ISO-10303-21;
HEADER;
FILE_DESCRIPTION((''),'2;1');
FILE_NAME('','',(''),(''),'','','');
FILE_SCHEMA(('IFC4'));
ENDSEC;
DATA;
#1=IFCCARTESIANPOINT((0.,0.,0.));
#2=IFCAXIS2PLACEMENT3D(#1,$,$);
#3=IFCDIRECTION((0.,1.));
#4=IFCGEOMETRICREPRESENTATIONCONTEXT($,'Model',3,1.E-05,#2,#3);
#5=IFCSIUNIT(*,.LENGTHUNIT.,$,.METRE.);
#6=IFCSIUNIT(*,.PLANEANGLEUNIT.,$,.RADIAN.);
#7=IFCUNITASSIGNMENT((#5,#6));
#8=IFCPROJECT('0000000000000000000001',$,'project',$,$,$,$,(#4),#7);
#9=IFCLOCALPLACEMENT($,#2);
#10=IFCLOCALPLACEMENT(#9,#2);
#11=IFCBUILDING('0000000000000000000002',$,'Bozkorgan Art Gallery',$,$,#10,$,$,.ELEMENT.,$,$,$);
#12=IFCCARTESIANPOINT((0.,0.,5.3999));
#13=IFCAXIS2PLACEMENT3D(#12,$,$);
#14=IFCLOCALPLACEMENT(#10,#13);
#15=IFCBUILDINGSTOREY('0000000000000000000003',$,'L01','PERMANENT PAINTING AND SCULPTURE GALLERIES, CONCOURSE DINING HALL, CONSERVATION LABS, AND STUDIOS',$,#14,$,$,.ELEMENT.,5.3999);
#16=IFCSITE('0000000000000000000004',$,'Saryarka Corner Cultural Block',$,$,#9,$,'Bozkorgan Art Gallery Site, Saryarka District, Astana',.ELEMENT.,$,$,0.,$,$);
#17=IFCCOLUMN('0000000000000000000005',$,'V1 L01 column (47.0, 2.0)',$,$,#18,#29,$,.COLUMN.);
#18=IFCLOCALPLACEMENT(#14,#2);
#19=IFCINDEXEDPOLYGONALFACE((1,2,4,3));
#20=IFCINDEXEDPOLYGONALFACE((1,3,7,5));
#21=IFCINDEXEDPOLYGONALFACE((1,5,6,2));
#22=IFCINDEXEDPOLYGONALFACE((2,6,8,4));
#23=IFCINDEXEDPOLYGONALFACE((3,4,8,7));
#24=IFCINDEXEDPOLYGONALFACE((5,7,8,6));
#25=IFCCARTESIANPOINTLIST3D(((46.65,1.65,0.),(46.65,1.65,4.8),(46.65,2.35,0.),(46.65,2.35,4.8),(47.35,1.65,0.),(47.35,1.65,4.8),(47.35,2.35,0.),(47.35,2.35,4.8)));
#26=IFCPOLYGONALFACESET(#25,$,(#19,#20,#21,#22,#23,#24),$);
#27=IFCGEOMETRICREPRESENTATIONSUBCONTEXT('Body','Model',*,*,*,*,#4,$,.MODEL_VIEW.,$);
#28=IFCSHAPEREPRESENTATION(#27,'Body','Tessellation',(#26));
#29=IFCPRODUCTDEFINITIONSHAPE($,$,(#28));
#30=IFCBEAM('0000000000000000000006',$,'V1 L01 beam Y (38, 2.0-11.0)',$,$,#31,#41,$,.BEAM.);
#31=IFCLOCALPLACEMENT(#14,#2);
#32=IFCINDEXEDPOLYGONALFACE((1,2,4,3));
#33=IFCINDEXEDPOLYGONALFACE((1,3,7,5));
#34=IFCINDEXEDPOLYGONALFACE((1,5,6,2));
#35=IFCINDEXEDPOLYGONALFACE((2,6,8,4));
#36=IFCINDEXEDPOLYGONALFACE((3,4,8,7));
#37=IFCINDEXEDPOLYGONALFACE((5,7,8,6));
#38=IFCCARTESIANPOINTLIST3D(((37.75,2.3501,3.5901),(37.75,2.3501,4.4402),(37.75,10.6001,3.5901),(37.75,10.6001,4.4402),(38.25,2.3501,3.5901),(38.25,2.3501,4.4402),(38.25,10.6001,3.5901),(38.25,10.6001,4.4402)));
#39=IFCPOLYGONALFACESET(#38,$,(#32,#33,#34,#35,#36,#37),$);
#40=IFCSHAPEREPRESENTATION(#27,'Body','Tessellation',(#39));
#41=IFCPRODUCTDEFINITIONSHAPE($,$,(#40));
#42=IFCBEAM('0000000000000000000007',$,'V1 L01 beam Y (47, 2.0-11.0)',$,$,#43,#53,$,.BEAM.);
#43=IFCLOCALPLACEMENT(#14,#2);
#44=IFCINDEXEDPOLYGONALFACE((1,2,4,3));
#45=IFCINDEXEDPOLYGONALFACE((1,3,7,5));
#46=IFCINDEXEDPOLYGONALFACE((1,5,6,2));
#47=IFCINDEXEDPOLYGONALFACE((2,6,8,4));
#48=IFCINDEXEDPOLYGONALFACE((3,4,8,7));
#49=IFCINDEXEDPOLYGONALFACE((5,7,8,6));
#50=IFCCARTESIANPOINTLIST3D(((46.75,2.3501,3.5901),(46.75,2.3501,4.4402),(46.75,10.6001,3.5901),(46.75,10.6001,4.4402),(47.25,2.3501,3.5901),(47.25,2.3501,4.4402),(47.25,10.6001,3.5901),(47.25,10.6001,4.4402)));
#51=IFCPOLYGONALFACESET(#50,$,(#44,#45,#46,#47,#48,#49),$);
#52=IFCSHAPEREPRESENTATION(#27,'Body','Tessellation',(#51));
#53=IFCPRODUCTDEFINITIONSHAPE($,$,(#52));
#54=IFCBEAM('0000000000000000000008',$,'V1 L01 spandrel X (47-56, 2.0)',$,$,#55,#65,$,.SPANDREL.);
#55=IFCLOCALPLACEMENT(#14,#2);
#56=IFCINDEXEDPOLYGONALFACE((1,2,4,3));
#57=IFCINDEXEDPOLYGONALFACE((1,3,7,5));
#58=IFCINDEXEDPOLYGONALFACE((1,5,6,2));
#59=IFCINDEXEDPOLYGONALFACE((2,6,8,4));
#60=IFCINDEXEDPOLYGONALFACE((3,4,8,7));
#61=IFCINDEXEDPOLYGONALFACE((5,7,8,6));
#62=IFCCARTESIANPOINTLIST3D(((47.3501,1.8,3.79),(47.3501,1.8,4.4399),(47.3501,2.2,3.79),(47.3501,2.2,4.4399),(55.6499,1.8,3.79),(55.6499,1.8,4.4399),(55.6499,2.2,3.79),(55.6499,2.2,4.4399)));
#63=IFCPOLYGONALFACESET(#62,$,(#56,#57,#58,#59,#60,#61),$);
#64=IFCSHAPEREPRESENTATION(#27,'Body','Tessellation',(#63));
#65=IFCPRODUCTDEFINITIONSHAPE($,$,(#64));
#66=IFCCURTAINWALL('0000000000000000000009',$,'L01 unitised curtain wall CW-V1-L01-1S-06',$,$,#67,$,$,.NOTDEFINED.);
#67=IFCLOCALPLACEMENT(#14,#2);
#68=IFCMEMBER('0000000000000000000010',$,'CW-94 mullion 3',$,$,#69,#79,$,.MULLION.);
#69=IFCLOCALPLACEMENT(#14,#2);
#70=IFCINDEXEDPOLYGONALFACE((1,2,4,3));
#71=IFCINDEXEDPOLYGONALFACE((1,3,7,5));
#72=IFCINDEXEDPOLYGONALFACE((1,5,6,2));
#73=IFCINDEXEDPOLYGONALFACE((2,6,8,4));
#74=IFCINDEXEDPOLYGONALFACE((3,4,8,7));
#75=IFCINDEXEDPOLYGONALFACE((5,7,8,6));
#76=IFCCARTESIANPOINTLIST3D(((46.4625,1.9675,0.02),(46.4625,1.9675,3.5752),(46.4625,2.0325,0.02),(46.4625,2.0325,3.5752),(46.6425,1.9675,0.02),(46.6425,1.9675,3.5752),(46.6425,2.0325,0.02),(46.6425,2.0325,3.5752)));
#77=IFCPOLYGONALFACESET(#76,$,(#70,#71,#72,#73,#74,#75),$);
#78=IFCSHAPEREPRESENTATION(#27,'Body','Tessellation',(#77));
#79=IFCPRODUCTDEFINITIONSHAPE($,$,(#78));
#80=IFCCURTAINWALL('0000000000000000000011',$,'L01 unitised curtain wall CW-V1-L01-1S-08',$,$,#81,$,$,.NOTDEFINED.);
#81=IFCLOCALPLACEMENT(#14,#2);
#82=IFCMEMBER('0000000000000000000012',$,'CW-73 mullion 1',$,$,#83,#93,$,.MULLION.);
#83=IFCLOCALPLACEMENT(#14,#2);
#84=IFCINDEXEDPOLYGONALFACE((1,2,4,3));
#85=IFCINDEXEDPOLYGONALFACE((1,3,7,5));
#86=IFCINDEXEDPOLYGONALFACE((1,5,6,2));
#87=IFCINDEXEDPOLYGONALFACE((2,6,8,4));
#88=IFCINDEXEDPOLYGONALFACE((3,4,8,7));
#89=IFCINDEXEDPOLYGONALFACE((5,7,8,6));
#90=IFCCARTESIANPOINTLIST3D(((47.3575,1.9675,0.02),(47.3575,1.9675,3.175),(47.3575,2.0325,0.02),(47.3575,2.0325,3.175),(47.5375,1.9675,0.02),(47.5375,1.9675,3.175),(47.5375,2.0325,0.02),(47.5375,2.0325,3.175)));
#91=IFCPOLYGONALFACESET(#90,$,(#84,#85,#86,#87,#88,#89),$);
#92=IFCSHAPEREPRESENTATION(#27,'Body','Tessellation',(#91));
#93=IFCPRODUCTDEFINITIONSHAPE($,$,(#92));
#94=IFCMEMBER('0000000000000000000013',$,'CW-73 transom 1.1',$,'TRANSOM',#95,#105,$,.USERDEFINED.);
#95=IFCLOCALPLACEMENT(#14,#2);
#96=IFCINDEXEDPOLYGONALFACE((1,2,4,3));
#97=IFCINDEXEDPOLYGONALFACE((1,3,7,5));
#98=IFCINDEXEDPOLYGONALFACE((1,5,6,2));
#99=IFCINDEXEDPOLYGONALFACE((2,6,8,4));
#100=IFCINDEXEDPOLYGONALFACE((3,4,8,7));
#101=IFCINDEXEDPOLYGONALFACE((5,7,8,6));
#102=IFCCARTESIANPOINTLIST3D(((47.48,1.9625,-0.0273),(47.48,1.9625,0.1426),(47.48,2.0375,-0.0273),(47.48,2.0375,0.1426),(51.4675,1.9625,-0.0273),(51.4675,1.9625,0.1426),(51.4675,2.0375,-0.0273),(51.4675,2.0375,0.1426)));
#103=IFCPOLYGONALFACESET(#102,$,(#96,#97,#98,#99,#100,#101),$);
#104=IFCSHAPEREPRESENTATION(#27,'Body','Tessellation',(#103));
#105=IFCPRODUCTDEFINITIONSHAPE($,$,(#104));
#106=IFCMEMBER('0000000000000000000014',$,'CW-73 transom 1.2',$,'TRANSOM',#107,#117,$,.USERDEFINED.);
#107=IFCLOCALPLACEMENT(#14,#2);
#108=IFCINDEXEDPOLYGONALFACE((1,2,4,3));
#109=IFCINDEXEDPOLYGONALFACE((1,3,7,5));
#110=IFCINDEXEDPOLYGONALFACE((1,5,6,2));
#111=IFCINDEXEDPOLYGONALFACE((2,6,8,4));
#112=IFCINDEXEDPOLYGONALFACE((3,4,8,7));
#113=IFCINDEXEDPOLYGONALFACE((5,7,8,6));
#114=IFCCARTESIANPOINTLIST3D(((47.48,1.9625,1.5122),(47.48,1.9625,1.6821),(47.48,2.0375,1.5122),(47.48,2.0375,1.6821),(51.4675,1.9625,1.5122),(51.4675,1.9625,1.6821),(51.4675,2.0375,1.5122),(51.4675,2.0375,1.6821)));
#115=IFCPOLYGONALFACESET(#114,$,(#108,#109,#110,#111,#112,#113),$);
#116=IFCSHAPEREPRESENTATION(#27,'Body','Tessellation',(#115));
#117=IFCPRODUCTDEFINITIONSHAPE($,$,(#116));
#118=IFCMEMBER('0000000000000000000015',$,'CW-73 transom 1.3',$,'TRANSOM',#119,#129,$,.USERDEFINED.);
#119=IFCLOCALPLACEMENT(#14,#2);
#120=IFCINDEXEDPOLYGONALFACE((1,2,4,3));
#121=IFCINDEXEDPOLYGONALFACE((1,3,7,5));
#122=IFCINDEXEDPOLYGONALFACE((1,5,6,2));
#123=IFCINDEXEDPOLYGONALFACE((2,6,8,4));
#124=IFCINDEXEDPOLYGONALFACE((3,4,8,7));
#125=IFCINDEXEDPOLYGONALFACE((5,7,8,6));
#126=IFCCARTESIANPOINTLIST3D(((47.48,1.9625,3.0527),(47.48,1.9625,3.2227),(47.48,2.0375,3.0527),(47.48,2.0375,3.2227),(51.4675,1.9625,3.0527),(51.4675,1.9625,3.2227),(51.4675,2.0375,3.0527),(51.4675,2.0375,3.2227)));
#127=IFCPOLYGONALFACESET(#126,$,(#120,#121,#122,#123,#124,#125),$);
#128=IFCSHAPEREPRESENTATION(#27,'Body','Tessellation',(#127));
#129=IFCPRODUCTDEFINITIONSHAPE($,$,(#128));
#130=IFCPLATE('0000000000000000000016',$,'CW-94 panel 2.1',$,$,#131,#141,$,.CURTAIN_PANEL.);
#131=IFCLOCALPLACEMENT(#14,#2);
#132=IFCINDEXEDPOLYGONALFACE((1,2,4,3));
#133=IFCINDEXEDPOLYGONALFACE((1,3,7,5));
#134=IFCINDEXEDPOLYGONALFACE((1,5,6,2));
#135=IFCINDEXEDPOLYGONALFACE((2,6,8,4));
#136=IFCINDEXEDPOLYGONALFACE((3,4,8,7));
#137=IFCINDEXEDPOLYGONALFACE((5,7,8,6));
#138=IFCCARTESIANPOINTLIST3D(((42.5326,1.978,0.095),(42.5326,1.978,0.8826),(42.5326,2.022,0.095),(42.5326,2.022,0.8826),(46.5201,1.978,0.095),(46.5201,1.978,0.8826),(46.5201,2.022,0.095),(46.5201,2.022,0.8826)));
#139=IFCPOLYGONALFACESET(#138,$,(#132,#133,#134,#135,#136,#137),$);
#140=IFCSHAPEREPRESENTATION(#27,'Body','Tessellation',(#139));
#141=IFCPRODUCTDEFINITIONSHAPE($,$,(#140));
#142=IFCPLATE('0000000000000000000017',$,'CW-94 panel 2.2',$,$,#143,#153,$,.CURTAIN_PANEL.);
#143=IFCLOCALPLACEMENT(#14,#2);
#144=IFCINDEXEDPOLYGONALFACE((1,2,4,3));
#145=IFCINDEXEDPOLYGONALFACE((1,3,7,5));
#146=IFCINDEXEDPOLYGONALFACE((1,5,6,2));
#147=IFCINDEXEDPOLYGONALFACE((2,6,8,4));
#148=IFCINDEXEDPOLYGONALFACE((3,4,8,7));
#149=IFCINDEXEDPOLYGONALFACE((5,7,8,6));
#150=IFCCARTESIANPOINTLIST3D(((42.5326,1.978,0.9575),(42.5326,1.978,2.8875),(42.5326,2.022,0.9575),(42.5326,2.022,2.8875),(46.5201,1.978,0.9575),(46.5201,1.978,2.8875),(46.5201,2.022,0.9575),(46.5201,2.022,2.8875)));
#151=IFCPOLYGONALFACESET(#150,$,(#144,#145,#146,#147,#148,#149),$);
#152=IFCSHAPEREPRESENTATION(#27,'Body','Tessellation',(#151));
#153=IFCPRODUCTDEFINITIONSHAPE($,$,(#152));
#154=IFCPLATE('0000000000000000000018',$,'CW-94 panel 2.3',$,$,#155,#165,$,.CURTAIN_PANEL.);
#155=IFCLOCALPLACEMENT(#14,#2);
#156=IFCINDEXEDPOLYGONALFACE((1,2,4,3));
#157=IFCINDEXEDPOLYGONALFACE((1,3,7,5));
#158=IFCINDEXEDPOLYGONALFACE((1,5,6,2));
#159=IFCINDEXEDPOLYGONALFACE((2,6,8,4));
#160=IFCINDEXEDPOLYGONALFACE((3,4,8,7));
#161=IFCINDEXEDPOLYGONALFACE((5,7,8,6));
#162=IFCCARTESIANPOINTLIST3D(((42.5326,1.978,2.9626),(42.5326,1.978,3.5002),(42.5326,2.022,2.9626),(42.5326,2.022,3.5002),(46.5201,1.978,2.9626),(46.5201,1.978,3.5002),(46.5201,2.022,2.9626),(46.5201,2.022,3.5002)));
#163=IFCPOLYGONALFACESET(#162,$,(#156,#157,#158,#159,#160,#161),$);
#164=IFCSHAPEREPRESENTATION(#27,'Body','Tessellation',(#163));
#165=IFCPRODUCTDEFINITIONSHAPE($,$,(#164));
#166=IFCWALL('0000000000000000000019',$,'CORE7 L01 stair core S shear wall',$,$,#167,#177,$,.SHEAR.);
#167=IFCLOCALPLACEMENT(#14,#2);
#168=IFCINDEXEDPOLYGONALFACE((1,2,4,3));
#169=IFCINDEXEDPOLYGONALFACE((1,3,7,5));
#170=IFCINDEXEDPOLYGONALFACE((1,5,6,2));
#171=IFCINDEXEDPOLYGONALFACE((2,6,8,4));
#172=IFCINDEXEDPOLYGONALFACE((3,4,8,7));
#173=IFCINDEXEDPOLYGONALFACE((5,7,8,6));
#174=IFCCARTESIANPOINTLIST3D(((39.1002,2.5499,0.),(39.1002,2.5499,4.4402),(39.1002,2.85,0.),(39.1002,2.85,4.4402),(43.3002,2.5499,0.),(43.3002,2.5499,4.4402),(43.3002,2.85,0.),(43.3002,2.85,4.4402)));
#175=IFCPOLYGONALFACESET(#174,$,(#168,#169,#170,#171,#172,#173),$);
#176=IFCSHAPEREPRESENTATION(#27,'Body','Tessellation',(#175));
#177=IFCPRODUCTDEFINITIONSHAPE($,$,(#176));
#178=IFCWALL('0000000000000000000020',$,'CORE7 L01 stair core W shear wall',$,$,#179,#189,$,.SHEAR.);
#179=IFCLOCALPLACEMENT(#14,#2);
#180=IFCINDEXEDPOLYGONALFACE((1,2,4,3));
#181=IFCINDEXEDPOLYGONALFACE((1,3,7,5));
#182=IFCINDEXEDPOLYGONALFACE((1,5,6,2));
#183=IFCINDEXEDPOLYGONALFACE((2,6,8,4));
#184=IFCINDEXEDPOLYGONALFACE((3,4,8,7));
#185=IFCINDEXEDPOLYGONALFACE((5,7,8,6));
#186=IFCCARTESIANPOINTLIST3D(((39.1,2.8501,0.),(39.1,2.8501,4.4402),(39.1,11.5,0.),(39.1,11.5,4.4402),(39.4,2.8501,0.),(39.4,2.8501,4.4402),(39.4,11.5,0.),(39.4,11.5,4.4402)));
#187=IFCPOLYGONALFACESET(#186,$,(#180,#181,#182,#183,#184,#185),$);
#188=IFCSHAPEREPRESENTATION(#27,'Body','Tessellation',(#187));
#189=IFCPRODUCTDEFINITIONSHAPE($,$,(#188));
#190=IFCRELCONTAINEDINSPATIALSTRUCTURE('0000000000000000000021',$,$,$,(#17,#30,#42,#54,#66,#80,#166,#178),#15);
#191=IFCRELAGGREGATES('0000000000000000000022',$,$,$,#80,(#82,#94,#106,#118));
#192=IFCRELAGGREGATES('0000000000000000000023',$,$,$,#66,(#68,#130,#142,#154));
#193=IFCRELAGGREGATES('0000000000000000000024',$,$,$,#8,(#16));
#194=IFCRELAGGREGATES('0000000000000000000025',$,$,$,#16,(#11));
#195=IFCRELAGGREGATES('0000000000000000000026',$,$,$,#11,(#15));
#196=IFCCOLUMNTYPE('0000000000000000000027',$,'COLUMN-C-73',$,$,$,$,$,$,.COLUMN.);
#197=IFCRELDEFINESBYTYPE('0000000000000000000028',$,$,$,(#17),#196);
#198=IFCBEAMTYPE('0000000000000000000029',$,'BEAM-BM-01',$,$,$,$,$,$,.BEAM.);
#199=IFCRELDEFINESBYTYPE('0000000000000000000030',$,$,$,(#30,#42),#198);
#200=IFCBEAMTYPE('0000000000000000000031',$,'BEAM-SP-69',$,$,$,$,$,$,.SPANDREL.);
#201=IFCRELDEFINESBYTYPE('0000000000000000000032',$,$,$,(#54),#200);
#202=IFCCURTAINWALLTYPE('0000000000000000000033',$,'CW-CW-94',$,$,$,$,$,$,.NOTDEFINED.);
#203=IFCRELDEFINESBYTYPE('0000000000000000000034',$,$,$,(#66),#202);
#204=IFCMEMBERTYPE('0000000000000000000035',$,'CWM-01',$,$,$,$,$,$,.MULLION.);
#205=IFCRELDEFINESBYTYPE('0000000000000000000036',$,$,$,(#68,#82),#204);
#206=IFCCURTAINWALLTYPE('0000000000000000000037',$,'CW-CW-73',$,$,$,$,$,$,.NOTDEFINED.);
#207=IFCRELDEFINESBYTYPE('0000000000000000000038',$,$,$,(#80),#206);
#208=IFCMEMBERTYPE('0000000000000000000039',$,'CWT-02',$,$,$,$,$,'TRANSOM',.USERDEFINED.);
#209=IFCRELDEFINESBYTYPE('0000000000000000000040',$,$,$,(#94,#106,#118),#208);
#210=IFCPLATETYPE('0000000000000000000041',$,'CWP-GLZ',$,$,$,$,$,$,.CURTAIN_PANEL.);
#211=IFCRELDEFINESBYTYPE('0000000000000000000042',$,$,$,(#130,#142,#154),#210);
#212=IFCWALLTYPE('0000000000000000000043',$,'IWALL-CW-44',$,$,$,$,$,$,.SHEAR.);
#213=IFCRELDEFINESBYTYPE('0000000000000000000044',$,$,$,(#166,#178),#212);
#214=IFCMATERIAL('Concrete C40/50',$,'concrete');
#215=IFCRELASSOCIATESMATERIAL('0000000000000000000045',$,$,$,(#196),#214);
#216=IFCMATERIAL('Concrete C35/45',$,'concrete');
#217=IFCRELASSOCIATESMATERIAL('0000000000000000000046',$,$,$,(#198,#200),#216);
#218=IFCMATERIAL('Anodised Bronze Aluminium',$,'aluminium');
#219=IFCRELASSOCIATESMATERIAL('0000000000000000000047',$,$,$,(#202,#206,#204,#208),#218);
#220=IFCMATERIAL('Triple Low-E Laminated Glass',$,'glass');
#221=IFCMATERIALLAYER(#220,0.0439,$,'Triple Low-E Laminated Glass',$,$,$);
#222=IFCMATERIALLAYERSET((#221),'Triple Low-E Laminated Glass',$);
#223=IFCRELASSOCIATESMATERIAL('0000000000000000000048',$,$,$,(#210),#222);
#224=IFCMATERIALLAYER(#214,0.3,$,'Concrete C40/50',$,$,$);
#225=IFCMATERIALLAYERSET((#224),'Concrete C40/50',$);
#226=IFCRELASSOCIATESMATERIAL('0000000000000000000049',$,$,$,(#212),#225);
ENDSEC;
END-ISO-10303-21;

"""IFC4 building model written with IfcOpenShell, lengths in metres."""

from ifc_helpers import new_model, si_unit, direction, frame, frame_2d, origin, origin_2d, place, context, subcontext, project, spatial, rectangle, extrude, material, layer, layer_set, material_profile, profile_set, type_object, element, aggregate, save


model = new_model("IFC4")

# Units and contexts
model_context = context("Model", 3, precision=1e-05, world=origin(), true_north=direction((0.0, 1.0)))
body_context = subcontext(model_context, "Body", "Model", "MODEL_VIEW")
ifc_project = project(units=[si_unit("LENGTHUNIT", "METRE"), si_unit("PLANEANGLEUNIT", "RADIAN")], contexts=[model_context])

# Site, building, storey
site_placement = place(None, origin())
site = spatial("IfcSite", under=ifc_project, at=site_placement, Name="Saryarka Corner Cultural Block", LongName="Bozkorgan Art Gallery Site, Saryarka District, Astana", CompositionType="ELEMENT", RefElevation=0.0)
building_placement = place(site_placement, origin())
building = spatial("IfcBuilding", under=site, at=building_placement, Name="Bozkorgan Art Gallery", CompositionType="ELEMENT")
storey_placement = place(building_placement, frame((0.0, 0.0, 5.3999)))
storey = spatial("IfcBuildingStorey", under=building, at=storey_placement, Name="L01", Description="PERMANENT PAINTING AND SCULPTURE GALLERIES, CONCOURSE DINING HALL, CONSERVATION LABS, AND STUDIOS", CompositionType="ELEMENT", Elevation=5.3999)

# Column
ifc_material_1 = material(Name="Concrete C40/50", Category="concrete")
ifc_material_profile_1 = material_profile(ifc_material_1, rectangle(XDim=0.7, YDim=0.7, at=origin_2d()), Name="RC 700x700")
ifc_profile_set_1 = profile_set([ifc_material_profile_1], Name="Concrete C40/50")
column_type = type_object("IfcColumnType", Name="COLUMN-C-73", PredefinedType="COLUMN", material=ifc_profile_set_1)
column_placement = place(storey_placement, frame((47.0, 2.0, 0.0), z_axis=(0.0, 0.0, 1.0), x_axis=(1.0, 0.0, 0.0)))
element("IfcColumn", 1, at=column_placement, inside=storey, type_object=column_type, Name="V1 L01 column (47.0, 2.0)", PredefinedType="COLUMN", context=body_context, shape_type="SweptSolid", body=[
    extrude(rectangle(XDim=0.7, YDim=0.7, at=origin_2d()), origin(), (0.0, 0.0, 1.0), 4.8),
])

# Beams
ifc_material_2 = material(Name="Concrete C35/45", Category="concrete")
ifc_material_profile_2 = material_profile(ifc_material_2, rectangle(XDim=0.5, YDim=0.8501, at=origin_2d()), Name="RC 500x850")
ifc_profile_set_2 = profile_set([ifc_material_profile_2], Name="Concrete C35/45")
beam_type_1 = type_object("IfcBeamType", Name="BEAM-BM-01", PredefinedType="BEAM", material=ifc_profile_set_2)
for number, where, z_axis, x_axis, name in (
    (2, (38.0, 2.3501, 4.0151), (0.0, 1.0, 0.0), (-1.0, 0.0, 0.0), "V1 L01 beam Y (38, 2.0-11.0)"),
    (3, (47.0, 2.3501, 4.0151), (0.0, 1.0, 0.0), (-1.0, 0.0, 0.0), "V1 L01 beam Y (47, 2.0-11.0)"),
):
    element("IfcBeam", number, at=place(storey_placement, frame(where, z_axis=z_axis, x_axis=x_axis)), inside=storey, type_object=beam_type_1, Name=name, PredefinedType="BEAM", context=body_context, shape_type="SweptSolid", body=[
        extrude(rectangle(XDim=0.5, YDim=0.8501, at=origin_2d()), origin(), (0.0, 0.0, 1.0), 8.25),
    ])
ifc_material_profile_3 = material_profile(ifc_material_2, rectangle(XDim=0.3999, YDim=0.6499, at=origin_2d()), Name="RC 400x650")
ifc_profile_set_3 = profile_set([ifc_material_profile_3], Name="Concrete C35/45")
beam_type_2 = type_object("IfcBeamType", Name="BEAM-SP-69", PredefinedType="SPANDREL", material=ifc_profile_set_3)
beam_placement = place(storey_placement, frame((47.3501, 2.0, 4.115), z_axis=(1.0, 0.0, 0.0), x_axis=(0.0, 1.0, 0.0)))
element("IfcBeam", 4, at=beam_placement, inside=storey, type_object=beam_type_2, Name="V1 L01 spandrel X (47-56, 2.0)", PredefinedType="SPANDREL", context=body_context, shape_type="SweptSolid", body=[
    extrude(rectangle(XDim=0.3999, YDim=0.6499, at=origin_2d()), origin(), (0.0, 0.0, 1.0), 8.2998),
])

# Curtain wall, member
ifc_material_3 = material(Name="Anodised Bronze Aluminium", Category="aluminium")
curtain_wall_type_1 = type_object("IfcCurtainWallType", Name="CW-CW-94", PredefinedType="NOTDEFINED", material=ifc_material_3)
curtain_wall_1_placement = place(storey_placement, origin())
curtain_wall_1 = element("IfcCurtainWall", 5, at=curtain_wall_1_placement, inside=storey, type_object=curtain_wall_type_1, Name="L01 unitised curtain wall CW-V1-L01-1S-06", PredefinedType="NOTDEFINED")
ifc_material_profile_4 = material_profile(ifc_material_3, rectangle(XDim=0.0649, YDim=0.1799, at=origin_2d()), Name="ALU MULLION 65x180")
ifc_profile_set_4 = profile_set([ifc_material_profile_4], Name="Anodised Bronze Aluminium")
member_type_1 = type_object("IfcMemberType", Name="CWM-01", PredefinedType="MULLION", material=ifc_profile_set_4)
member_1_placement = place(storey_placement, frame((46.5525, 2.0, 0.02), z_axis=(0.0, 0.0, 1.0), x_axis=(0.0, 1.0, 0.0)))
member_1 = element("IfcMember", 6, at=member_1_placement, type_object=member_type_1, Name="CW-94 mullion 3", PredefinedType="MULLION", context=body_context, shape_type="SweptSolid", body=[
    extrude(rectangle(XDim=0.0649, YDim=0.1799, at=origin_2d()), origin(), (0.0, 0.0, 1.0), 3.5552),
])

# Curtain wall, members
curtain_wall_type_2 = type_object("IfcCurtainWallType", Name="CW-CW-73", PredefinedType="NOTDEFINED", material=ifc_material_3)
curtain_wall_2_placement = place(storey_placement, origin())
curtain_wall_2 = element("IfcCurtainWall", 7, at=curtain_wall_2_placement, inside=storey, type_object=curtain_wall_type_2, Name="L01 unitised curtain wall CW-V1-L01-1S-08", PredefinedType="NOTDEFINED")
member_2_placement = place(storey_placement, frame((47.4475, 2.0, 0.02), z_axis=(0.0, 0.0, 1.0), x_axis=(0.0, 1.0, 0.0)))
member_2 = element("IfcMember", 8, at=member_2_placement, type_object=member_type_1, Name="CW-73 mullion 1", PredefinedType="MULLION", context=body_context, shape_type="SweptSolid", body=[
    extrude(rectangle(XDim=0.0649, YDim=0.1799, at=origin_2d()), origin(), (0.0, 0.0, 1.0), 3.155),
])
ifc_material_profile_5 = material_profile(ifc_material_3, rectangle(XDim=0.075, YDim=0.1699, at=origin_2d()), Name="ALU TRANSOM 75x170")
ifc_profile_set_5 = profile_set([ifc_material_profile_5], Name="Anodised Bronze Aluminium")
member_type_2 = type_object("IfcMemberType", Name="CWT-02", ElementType="TRANSOM", PredefinedType="USERDEFINED", material=ifc_profile_set_5)
member_3_placement = place(storey_placement, frame((47.48, 2.0, 0.0576), z_axis=(1.0, 0.0, 0.0), x_axis=(0.0, 1.0, 0.0)))
member_3 = element("IfcMember", 9, at=member_3_placement, type_object=member_type_2, Name="CW-73 transom 1.1", ObjectType="TRANSOM", PredefinedType="USERDEFINED", context=body_context, shape_type="SweptSolid", body=[
    extrude(rectangle(XDim=0.075, YDim=0.1699, at=origin_2d()), origin(), (0.0, 0.0, 1.0), 3.9875),
])
member_4_placement = place(storey_placement, frame((47.48, 2.0, 1.5972), z_axis=(1.0, 0.0, 0.0), x_axis=(0.0, 1.0, 0.0)))
member_4 = element("IfcMember", 10, at=member_4_placement, type_object=member_type_2, Name="CW-73 transom 1.2", ObjectType="TRANSOM", PredefinedType="USERDEFINED", context=body_context, shape_type="SweptSolid", body=[
    extrude(rectangle(XDim=0.075, YDim=0.1699, at=origin_2d()), origin(), (0.0, 0.0, 1.0), 3.9875),
])
member_5_placement = place(storey_placement, frame((47.48, 2.0, 3.1377), z_axis=(1.0, 0.0, 0.0), x_axis=(0.0, 1.0, 0.0)))
member_5 = element("IfcMember", 11, at=member_5_placement, type_object=member_type_2, Name="CW-73 transom 1.3", ObjectType="TRANSOM", PredefinedType="USERDEFINED", context=body_context, shape_type="SweptSolid", body=[
    extrude(rectangle(XDim=0.075, YDim=0.1699, at=origin_2d()), origin(), (0.0, 0.0, 1.0), 3.9875),
])
aggregate(curtain_wall_2, [member_2, member_3, member_4, member_5])

# Plates
ifc_material_4 = material(Name="Triple Low-E Laminated Glass", Category="glass")
ifc_layer_1 = layer(ifc_material_4, 0.0439, Name="Triple Low-E Laminated Glass")
ifc_layer_set_1 = layer_set([ifc_layer_1], Name="Triple Low-E Laminated Glass")
plate_type = type_object("IfcPlateType", Name="CWP-GLZ", PredefinedType="CURTAIN_PANEL", material=ifc_layer_set_1)
plate_1_placement = place(storey_placement, frame((44.5264, 2.0, 0.095), z_axis=(0.0, 0.0, 1.0), x_axis=(1.0, 0.0, 0.0)))
plate_1 = element("IfcPlate", 12, at=plate_1_placement, type_object=plate_type, Name="CW-94 panel 2.1", PredefinedType="CURTAIN_PANEL", context=body_context, shape_type="SweptSolid", body=[
    extrude(rectangle(XDim=3.9875, YDim=0.0439, at=origin_2d()), origin(), (0.0, 0.0, 1.0), 0.7876),
])
plate_2_placement = place(storey_placement, frame((44.5264, 2.0, 0.9575), z_axis=(0.0, 0.0, 1.0), x_axis=(1.0, 0.0, 0.0)))
plate_2 = element("IfcPlate", 13, at=plate_2_placement, type_object=plate_type, Name="CW-94 panel 2.2", PredefinedType="CURTAIN_PANEL", context=body_context, shape_type="SweptSolid", body=[
    extrude(rectangle(XDim=3.9875, YDim=0.0439, at=origin_2d()), origin(), (0.0, 0.0, 1.0), 1.9299),
])
plate_3_placement = place(storey_placement, frame((44.5264, 2.0, 2.9626), z_axis=(0.0, 0.0, 1.0), x_axis=(1.0, 0.0, 0.0)))
plate_3 = element("IfcPlate", 14, at=plate_3_placement, type_object=plate_type, Name="CW-94 panel 2.3", PredefinedType="CURTAIN_PANEL", context=body_context, shape_type="SweptSolid", body=[
    extrude(rectangle(XDim=3.9875, YDim=0.0439, at=origin_2d()), origin(), (0.0, 0.0, 1.0), 0.5376),
])
aggregate(curtain_wall_1, [member_1, plate_1, plate_2, plate_3])

# Walls
ifc_layer_2 = layer(ifc_material_1, 0.3, Name="Concrete C40/50")
ifc_layer_set_2 = layer_set([ifc_layer_2], Name="Concrete C40/50")
wall_type_1 = type_object("IfcWallType", Name="IWALL-CW-44", PredefinedType="SHEAR", material=ifc_layer_set_2)
wall_1_placement = place(storey_placement, frame((39.1001, 2.7, 0.0), z_axis=(0.0, 0.0, 1.0), x_axis=(1.0, 0.0, 0.0)))
element("IfcWall", 15, at=wall_1_placement, inside=storey, type_object=wall_type_1, Name="CORE7 L01 stair core S shear wall", PredefinedType="SHEAR", context=body_context, shape_type="SweptSolid", body=[
    extrude(rectangle(XDim=4.2, YDim=0.3, at=frame_2d((2.1001, 0.0))), origin(), (0.0, 0.0, 1.0), 4.4402),
])
for number, where, z_axis, x_axis, name in (
    (16, (39.25, 2.8501, 0.0), (0.0, 0.0, 1.0), (0.0, 1.0, 0.0), "CORE7 L01 stair core W shear wall"),
):
    element("IfcWall", number, at=place(storey_placement, frame(where, z_axis=z_axis, x_axis=x_axis)), inside=storey, type_object=wall_type_1, Name=name, PredefinedType="SHEAR", context=body_context, shape_type="SweptSolid", body=[
        extrude(rectangle(XDim=8.6499, YDim=0.3, at=frame_2d((4.325, 0.0))), origin(), (0.0, 0.0, 1.0), 4.4402),
    ])

save(model, "model.ifc")
